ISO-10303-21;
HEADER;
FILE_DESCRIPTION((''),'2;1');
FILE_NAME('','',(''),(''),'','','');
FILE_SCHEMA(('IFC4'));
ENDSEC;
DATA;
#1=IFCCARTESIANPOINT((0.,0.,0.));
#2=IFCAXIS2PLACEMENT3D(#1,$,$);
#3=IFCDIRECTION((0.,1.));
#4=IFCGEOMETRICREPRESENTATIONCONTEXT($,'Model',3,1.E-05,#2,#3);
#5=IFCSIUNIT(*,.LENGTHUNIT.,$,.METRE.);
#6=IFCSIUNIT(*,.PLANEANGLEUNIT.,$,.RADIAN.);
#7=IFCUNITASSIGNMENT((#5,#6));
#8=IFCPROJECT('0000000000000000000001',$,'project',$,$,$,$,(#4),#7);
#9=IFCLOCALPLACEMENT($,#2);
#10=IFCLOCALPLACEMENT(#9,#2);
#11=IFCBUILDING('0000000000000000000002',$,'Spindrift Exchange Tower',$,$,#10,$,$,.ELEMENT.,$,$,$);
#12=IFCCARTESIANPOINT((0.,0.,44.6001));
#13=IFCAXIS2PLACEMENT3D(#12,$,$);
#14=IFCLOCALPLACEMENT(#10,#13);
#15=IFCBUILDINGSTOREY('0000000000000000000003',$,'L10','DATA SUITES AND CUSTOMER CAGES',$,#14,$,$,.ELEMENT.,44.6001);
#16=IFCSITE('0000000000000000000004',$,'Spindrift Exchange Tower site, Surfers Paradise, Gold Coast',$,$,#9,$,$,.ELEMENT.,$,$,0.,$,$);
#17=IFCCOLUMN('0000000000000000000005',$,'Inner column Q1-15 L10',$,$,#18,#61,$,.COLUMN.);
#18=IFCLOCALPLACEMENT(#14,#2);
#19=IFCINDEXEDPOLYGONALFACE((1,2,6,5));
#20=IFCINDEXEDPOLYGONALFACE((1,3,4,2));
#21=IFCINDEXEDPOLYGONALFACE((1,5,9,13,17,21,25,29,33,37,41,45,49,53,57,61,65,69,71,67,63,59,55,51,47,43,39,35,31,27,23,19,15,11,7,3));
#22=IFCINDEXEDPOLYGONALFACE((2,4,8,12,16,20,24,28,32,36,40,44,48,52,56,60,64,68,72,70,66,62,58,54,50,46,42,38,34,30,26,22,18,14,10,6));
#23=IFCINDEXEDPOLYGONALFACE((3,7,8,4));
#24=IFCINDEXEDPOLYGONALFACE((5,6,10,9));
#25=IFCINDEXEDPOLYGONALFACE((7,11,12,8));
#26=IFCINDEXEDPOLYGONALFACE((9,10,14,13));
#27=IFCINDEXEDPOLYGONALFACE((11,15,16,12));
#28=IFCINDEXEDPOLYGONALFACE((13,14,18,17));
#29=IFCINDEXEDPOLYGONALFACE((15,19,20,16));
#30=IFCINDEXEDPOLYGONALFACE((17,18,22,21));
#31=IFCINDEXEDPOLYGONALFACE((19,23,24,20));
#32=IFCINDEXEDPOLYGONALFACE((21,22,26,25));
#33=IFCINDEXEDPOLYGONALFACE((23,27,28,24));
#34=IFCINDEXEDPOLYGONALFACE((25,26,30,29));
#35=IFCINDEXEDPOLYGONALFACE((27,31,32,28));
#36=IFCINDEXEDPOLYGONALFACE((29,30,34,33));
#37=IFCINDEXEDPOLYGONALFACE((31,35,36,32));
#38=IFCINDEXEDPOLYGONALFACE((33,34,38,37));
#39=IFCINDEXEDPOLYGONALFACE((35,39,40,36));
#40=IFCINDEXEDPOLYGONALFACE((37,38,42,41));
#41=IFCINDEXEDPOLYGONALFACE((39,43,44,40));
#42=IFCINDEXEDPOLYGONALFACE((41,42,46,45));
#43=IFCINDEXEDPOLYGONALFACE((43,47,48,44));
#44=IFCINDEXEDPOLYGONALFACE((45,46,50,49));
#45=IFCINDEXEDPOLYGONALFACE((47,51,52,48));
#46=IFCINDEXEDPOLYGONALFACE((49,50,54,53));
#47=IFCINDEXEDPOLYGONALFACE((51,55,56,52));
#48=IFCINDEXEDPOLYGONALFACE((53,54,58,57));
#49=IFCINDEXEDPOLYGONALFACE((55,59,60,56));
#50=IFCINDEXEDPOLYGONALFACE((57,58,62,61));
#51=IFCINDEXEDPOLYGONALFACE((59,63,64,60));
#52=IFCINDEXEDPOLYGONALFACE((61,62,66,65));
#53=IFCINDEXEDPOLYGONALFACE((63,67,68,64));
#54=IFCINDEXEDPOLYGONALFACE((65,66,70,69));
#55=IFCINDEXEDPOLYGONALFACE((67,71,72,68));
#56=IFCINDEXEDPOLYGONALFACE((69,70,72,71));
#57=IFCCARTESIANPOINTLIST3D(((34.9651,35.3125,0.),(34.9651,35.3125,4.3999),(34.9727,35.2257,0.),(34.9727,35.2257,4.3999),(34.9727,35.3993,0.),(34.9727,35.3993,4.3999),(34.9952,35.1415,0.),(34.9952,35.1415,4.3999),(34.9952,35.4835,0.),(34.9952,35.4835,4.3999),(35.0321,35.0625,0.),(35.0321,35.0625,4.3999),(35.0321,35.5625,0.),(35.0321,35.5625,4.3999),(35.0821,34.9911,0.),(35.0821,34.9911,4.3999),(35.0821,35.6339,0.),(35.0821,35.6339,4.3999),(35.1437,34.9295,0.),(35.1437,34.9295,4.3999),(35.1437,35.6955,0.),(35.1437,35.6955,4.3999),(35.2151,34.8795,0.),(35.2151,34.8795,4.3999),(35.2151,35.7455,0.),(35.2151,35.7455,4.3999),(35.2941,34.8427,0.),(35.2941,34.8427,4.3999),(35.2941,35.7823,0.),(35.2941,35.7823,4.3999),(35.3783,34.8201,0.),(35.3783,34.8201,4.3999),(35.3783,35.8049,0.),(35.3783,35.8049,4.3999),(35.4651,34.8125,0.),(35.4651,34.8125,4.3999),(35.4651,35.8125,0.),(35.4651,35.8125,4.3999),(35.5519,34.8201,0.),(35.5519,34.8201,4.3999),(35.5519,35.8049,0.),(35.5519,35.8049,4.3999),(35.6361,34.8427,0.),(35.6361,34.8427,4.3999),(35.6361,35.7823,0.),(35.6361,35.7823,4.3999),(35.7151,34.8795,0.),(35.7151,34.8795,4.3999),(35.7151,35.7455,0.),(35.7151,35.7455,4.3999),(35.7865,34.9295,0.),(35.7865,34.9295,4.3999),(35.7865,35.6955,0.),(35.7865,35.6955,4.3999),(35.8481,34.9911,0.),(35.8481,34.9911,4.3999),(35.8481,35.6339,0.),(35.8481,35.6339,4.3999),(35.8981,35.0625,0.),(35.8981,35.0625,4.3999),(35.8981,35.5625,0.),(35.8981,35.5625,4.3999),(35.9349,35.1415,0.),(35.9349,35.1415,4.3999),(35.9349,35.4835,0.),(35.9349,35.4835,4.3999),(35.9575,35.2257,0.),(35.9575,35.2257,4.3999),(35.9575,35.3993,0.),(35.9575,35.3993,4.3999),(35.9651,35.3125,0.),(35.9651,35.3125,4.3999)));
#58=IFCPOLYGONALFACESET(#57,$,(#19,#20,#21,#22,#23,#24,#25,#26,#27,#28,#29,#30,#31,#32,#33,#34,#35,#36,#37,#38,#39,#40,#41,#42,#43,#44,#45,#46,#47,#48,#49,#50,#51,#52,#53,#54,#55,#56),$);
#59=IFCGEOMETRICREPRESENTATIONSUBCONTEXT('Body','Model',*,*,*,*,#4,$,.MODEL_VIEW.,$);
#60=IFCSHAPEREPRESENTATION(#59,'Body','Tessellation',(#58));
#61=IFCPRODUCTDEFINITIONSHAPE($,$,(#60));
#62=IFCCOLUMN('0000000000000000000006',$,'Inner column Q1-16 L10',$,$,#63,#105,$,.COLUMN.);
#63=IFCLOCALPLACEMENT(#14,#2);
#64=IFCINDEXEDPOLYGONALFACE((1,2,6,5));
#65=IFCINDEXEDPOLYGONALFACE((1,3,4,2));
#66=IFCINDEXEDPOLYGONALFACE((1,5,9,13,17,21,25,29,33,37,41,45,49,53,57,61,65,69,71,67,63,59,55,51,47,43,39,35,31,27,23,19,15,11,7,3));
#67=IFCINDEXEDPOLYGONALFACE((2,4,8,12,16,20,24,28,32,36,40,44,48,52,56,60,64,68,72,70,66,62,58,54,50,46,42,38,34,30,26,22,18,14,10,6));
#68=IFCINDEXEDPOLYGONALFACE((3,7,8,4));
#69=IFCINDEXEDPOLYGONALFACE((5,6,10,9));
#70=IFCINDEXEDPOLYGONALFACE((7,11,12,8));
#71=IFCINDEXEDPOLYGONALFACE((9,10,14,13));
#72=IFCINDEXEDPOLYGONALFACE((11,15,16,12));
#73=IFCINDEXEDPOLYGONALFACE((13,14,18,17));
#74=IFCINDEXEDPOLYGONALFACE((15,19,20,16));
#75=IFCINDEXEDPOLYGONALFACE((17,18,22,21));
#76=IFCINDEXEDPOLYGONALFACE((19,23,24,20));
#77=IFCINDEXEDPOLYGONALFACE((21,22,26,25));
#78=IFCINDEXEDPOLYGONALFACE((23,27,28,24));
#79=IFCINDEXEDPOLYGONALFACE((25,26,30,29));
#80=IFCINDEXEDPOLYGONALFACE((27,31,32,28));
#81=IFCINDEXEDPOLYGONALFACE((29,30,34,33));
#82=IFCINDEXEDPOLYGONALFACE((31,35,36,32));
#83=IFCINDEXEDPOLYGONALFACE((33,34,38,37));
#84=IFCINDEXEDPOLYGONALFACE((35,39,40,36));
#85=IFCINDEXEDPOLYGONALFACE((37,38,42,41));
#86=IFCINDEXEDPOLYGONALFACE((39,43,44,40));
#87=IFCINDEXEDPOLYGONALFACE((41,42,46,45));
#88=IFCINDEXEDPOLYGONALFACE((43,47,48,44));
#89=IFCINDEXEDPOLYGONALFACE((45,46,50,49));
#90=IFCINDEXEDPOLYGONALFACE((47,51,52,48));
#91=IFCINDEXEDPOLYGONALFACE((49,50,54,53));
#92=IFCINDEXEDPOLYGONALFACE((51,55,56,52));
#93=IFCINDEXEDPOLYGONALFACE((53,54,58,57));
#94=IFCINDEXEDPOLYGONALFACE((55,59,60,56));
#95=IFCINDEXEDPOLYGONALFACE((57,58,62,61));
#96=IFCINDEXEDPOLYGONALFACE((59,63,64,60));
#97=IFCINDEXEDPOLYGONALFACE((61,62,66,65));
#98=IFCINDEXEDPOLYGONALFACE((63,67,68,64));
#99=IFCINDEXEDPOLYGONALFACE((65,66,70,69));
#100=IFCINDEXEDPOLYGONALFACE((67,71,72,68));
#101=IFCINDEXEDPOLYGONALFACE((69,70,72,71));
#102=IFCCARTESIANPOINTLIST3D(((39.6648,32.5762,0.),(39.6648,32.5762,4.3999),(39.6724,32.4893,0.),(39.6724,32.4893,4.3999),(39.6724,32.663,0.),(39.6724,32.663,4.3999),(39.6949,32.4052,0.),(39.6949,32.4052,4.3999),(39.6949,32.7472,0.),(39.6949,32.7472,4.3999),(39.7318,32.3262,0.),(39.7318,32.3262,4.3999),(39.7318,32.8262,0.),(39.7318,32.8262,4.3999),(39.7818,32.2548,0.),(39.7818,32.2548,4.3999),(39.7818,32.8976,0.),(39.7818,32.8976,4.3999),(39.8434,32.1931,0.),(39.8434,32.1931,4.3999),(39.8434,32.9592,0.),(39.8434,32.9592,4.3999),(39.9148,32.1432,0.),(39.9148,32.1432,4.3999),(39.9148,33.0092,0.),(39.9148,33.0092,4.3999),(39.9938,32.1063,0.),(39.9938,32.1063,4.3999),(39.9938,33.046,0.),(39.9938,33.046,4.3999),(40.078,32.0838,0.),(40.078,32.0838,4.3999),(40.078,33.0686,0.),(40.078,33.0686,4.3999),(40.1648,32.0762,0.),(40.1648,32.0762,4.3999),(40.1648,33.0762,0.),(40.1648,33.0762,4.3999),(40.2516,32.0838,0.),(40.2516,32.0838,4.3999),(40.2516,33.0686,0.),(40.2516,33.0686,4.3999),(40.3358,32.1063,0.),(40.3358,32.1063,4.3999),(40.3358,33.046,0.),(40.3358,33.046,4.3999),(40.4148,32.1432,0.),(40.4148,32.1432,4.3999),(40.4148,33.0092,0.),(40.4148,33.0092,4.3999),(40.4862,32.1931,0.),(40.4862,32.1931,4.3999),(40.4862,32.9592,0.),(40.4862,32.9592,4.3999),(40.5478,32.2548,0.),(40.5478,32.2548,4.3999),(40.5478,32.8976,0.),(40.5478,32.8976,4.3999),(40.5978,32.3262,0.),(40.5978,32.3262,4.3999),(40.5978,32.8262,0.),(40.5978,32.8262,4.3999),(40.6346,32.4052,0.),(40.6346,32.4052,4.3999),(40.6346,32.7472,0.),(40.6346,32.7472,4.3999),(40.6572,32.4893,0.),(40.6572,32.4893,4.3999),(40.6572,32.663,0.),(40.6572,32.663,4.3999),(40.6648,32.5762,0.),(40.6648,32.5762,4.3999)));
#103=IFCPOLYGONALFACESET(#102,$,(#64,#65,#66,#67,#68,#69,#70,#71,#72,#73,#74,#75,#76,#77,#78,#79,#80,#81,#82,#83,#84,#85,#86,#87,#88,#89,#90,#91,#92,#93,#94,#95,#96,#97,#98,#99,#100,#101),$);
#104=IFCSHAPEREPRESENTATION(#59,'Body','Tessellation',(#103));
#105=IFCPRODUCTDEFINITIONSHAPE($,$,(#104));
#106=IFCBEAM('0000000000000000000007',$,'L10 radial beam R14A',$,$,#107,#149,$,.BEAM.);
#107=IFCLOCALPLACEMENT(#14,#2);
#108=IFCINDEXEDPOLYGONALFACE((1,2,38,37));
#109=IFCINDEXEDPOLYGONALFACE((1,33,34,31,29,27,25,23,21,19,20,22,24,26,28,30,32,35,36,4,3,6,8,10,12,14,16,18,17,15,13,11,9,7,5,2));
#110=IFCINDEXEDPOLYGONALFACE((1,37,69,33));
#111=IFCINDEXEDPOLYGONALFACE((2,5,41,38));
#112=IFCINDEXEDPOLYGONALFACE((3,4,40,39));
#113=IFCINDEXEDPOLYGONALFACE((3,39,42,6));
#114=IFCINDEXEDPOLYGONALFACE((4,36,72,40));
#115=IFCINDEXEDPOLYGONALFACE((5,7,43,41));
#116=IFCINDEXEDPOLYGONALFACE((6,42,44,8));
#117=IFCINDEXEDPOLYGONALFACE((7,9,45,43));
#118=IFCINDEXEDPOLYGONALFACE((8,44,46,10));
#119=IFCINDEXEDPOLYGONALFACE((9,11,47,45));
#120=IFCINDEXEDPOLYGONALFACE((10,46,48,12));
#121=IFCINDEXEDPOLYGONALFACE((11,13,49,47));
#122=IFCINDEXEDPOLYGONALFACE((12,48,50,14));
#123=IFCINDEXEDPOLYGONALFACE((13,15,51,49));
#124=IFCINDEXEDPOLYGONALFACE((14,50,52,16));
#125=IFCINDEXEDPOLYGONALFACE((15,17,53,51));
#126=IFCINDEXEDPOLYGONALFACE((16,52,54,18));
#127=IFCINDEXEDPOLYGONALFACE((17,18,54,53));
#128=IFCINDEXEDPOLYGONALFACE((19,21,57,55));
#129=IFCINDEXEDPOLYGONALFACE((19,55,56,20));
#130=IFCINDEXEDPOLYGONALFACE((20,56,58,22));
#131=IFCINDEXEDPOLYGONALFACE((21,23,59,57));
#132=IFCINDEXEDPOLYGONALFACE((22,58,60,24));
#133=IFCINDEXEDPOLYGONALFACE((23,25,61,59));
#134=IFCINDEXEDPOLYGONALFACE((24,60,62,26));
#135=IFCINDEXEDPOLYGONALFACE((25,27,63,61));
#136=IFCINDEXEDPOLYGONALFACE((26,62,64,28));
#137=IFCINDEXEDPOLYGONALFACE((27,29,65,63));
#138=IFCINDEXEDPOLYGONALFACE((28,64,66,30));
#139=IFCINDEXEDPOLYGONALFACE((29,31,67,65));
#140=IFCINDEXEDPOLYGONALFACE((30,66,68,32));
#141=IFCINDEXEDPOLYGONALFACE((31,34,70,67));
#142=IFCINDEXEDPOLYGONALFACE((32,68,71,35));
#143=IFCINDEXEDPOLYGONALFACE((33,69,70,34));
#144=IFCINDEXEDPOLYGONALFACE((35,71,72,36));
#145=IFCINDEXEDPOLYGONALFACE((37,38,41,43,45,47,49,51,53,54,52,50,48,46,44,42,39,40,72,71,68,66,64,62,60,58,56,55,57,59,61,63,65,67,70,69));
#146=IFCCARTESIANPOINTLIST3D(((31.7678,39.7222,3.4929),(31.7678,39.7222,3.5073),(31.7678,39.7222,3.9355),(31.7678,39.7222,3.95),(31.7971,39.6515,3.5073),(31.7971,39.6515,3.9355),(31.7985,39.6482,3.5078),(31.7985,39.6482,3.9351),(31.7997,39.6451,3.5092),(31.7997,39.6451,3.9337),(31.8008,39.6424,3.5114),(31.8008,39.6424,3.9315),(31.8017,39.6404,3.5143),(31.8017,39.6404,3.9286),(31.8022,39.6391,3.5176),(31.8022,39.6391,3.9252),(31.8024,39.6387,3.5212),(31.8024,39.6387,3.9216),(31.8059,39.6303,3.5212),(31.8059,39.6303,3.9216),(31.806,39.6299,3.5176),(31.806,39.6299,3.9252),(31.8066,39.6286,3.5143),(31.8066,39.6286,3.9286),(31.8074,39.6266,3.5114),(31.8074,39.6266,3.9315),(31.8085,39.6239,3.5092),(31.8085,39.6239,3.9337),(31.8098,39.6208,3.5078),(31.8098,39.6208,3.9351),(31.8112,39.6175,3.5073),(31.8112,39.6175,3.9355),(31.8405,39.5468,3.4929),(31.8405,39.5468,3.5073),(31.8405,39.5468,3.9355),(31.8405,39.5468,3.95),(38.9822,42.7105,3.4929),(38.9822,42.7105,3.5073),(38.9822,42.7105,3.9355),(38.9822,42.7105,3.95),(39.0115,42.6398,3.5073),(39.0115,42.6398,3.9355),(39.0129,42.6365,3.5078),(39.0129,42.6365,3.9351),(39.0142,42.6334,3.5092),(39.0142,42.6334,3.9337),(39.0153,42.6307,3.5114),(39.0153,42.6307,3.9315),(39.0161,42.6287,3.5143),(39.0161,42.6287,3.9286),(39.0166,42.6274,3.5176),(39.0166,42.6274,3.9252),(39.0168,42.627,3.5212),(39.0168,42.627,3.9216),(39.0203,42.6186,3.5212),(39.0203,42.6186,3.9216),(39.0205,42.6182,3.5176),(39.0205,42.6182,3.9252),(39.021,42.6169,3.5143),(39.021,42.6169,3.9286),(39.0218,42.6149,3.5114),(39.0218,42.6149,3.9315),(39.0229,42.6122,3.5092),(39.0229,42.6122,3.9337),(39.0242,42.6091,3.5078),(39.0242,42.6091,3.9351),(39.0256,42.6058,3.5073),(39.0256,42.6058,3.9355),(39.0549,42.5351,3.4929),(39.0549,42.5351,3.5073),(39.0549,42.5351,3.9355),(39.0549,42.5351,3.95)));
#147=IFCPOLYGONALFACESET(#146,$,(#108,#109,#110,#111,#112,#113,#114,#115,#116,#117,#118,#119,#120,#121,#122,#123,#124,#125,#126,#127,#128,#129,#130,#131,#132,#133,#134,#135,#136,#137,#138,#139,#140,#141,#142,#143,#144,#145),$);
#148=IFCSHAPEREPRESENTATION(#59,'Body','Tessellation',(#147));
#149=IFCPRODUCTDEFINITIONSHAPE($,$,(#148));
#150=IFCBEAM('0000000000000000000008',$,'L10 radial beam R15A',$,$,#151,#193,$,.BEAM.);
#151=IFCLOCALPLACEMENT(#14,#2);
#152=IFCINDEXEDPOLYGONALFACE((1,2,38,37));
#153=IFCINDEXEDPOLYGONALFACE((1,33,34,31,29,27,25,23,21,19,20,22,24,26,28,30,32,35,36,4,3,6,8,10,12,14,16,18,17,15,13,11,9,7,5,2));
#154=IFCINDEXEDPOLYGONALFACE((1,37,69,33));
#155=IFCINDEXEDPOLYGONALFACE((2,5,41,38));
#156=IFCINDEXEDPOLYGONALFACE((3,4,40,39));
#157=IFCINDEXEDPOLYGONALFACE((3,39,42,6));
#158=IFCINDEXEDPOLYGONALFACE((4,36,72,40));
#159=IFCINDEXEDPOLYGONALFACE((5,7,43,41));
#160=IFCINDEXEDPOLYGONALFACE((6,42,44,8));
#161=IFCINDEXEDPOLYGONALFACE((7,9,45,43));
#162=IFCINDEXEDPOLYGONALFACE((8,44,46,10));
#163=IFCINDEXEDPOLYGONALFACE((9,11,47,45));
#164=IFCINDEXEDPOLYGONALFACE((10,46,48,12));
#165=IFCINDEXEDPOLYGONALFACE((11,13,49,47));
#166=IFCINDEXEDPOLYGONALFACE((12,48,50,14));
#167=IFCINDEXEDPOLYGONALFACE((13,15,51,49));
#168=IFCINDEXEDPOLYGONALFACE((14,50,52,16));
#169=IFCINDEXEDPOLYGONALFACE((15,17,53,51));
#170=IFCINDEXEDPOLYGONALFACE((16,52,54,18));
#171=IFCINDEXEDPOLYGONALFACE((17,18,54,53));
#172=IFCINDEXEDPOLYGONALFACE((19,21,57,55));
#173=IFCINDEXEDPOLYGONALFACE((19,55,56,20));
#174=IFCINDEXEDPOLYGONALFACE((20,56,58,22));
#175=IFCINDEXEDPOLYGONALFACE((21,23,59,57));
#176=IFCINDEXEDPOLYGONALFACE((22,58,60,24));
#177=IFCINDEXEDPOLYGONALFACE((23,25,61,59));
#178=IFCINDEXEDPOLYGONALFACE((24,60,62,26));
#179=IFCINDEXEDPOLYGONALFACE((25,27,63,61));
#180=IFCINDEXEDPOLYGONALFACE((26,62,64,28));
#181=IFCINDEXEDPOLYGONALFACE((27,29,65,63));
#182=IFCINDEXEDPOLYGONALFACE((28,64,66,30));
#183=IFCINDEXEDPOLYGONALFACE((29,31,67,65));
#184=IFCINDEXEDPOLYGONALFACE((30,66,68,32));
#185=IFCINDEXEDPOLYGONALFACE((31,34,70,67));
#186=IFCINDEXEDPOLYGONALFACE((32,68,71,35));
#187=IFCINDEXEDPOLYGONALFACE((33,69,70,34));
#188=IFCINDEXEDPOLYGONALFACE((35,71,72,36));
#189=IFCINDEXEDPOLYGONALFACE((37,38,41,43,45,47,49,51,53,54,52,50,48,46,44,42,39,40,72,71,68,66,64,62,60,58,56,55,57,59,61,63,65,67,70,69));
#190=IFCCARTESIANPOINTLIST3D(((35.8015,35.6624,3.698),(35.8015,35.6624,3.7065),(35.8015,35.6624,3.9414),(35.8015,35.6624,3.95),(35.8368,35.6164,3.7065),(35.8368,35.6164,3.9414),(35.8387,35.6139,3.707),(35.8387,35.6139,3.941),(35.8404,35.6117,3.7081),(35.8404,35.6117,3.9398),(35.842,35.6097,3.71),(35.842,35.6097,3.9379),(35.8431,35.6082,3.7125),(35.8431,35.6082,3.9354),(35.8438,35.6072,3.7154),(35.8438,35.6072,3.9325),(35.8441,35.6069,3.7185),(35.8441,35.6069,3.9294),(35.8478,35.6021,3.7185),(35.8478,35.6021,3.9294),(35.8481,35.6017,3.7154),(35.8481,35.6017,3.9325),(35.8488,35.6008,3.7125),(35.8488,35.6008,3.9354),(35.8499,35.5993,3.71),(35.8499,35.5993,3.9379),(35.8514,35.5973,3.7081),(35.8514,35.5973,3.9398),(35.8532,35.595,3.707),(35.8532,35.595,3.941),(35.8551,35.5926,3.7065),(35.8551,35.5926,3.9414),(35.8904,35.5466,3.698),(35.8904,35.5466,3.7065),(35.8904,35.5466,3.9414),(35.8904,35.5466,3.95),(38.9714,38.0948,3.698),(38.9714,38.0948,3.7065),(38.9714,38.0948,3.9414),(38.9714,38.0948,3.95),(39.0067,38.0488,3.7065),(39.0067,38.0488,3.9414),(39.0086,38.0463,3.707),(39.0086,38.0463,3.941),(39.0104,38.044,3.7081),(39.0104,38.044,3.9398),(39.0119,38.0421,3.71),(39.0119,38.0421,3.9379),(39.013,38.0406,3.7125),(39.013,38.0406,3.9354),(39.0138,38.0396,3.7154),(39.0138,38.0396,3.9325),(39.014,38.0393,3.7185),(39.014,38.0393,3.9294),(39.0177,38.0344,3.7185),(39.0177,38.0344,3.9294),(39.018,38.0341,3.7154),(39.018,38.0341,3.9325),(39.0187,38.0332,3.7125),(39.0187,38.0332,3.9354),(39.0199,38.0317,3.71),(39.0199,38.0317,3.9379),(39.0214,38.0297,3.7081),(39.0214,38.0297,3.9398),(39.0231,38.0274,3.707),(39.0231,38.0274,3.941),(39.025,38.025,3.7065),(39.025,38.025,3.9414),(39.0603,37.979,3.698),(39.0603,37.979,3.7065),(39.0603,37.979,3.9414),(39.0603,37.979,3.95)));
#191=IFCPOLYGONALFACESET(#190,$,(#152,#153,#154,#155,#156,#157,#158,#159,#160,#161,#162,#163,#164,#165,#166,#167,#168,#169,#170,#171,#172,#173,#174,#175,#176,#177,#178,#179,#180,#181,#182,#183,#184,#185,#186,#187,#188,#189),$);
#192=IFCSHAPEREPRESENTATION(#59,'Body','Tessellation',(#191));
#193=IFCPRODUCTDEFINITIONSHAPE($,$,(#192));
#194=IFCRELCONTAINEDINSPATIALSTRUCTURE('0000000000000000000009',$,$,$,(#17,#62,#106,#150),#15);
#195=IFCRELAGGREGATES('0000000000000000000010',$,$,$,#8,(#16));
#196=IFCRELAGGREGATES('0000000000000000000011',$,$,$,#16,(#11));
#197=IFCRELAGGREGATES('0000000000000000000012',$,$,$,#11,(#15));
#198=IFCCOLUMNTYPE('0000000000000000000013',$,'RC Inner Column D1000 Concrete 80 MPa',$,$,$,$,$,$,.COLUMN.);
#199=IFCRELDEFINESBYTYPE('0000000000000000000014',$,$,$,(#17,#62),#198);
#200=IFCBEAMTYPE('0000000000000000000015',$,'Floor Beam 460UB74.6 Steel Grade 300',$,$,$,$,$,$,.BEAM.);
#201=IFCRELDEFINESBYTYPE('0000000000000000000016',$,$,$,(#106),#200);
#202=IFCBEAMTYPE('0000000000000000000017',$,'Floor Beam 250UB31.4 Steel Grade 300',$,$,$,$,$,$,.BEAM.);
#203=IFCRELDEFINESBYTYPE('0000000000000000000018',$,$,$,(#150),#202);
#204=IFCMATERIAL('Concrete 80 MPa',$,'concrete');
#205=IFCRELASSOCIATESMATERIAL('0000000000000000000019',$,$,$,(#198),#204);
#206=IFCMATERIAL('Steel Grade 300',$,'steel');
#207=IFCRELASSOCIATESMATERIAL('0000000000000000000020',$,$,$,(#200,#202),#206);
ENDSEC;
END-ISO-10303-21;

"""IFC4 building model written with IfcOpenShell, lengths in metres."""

from ifc_helpers import new_model, si_unit, direction, frame, origin, origin_2d, place, context, subcontext, project, spatial, circle, i_section, extrude, source, transform, mapped, material, material_profile, profile_set, type_object, element, save


model = new_model("IFC4")

# Units and contexts
model_context = context("Model", 3, precision=1e-05, world=origin(), true_north=direction((0.0, 1.0)))
body_context = subcontext(model_context, "Body", "Model", "MODEL_VIEW")
ifc_project = project(units=[si_unit("LENGTHUNIT", "METRE"), si_unit("PLANEANGLEUNIT", "RADIAN")], contexts=[model_context])

# Site, building, storey
site_placement = place(None, origin())
site = spatial("IfcSite", under=ifc_project, at=site_placement, Name="Spindrift Exchange Tower site, Surfers Paradise, Gold Coast", CompositionType="ELEMENT", RefElevation=0.0)
building_placement = place(site_placement, origin())
building = spatial("IfcBuilding", under=site, at=building_placement, Name="Spindrift Exchange Tower", CompositionType="ELEMENT")
storey_placement = place(building_placement, frame((0.0, 0.0, 44.6001)))
storey = spatial("IfcBuildingStorey", under=building, at=storey_placement, Name="L10", Description="DATA SUITES AND CUSTOMER CAGES", CompositionType="ELEMENT", Elevation=44.6001)

# Columns
ifc_material_1 = material(Name="Concrete 80 MPa", Category="concrete")
ifc_material_profile_1 = material_profile(ifc_material_1, circle(Radius=0.5, at=origin_2d()), Name="RC D1000")
ifc_profile_set_1 = profile_set([ifc_material_profile_1], Name="Concrete 80 MPa")
column_type = type_object("IfcColumnType", Name="RC Inner Column D1000 Concrete 80 MPa", PredefinedType="COLUMN", material=ifc_profile_set_1)
shared_shape_1 = source(origin(), body_context, "Body", "SweptSolid", [
    extrude(circle(Radius=0.5, at=origin_2d()), origin(), (0.0, 0.0, 1.0), 4.3999),
])
for number, where, z_axis, x_axis, name in (
    (1, (35.4651, 35.3125, 0.0), (0.0, 0.0, 1.0), (1.0, 0.0, 0.0), "Inner column Q1-15 L10"),
    (2, (40.1648, 32.5762, 0.0), (0.0, 0.0, 1.0), (1.0, 0.0, 0.0), "Inner column Q1-16 L10"),
):
    element("IfcColumn", number, at=place(storey_placement, frame(where, z_axis=z_axis, x_axis=x_axis)), inside=storey, type_object=column_type, Name=name, PredefinedType="COLUMN", context=body_context, shape_type="MappedRepresentation", body=[
        mapped(shared_shape_1, transform((0.0, 0.0, 0.0), scale=1.0)),
    ])

# Beams
ifc_material_2 = material(Name="Steel Grade 300", Category="steel")
ifc_material_profile_2 = material_profile(ifc_material_2, i_section(OverallWidth=0.1899, OverallDepth=0.457, WebThickness=0.009, FlangeThickness=0.0144, FilletRadius=0.0139, at=origin_2d()), Name="460UB74.6")
ifc_profile_set_2 = profile_set([ifc_material_profile_2], Name="Steel Grade 300")
beam_type_1 = type_object("IfcBeamType", Name="Floor Beam 460UB74.6 Steel Grade 300", PredefinedType="BEAM", material=ifc_profile_set_2)
shared_shape_2 = source(origin(), body_context, "Body", "SweptSolid", [
    extrude(i_section(OverallWidth=0.1899, OverallDepth=0.457, WebThickness=0.009, FlangeThickness=0.0144, FilletRadius=0.0139, at=origin_2d()), origin(), (0.0, 0.0, 1.0), 7.8088),
])
beam_1_placement = place(storey_placement, frame((39.0186, 42.6228, 3.7214), z_axis=(-0.92388, -0.382683, 0.0), x_axis=(0.382683, -0.92388, 0.0)))
element("IfcBeam", 3, at=beam_1_placement, inside=storey, type_object=beam_type_1, Name="L10 radial beam R14A", PredefinedType="BEAM", context=body_context, shape_type="MappedRepresentation", body=[
    mapped(shared_shape_2, transform((0.0, 0.0, 0.0), scale=1.0)),
])
ifc_material_profile_3 = material_profile(ifc_material_2, i_section(OverallWidth=0.146, OverallDepth=0.252, WebThickness=0.0061, FlangeThickness=0.0085, FilletRadius=0.012, at=origin_2d()), Name="250UB31.4")
ifc_profile_set_3 = profile_set([ifc_material_profile_3], Name="Steel Grade 300")
beam_type_2 = type_object("IfcBeamType", Name="Floor Beam 250UB31.4 Steel Grade 300", PredefinedType="BEAM", material=ifc_profile_set_3)
shared_shape_3 = source(origin(), body_context, "Body", "SweptSolid", [
    extrude(i_section(OverallWidth=0.146, OverallDepth=0.252, WebThickness=0.0061, FlangeThickness=0.0085, FilletRadius=0.012, at=origin_2d()), origin(), (0.0, 0.0, 1.0), 3.9956),
])
beam_2_placement = place(storey_placement, frame((39.0159, 38.0369, 3.824), z_axis=(-0.793353, -0.608762, 0.0), x_axis=(0.608762, -0.793353, 0.0)))
element("IfcBeam", 4, at=beam_2_placement, inside=storey, type_object=beam_type_2, Name="L10 radial beam R15A", PredefinedType="BEAM", context=body_context, shape_type="MappedRepresentation", body=[
    mapped(shared_shape_3, transform((0.0, 0.0, 0.0), scale=1.0)),
])

save(model, "model.ifc")
